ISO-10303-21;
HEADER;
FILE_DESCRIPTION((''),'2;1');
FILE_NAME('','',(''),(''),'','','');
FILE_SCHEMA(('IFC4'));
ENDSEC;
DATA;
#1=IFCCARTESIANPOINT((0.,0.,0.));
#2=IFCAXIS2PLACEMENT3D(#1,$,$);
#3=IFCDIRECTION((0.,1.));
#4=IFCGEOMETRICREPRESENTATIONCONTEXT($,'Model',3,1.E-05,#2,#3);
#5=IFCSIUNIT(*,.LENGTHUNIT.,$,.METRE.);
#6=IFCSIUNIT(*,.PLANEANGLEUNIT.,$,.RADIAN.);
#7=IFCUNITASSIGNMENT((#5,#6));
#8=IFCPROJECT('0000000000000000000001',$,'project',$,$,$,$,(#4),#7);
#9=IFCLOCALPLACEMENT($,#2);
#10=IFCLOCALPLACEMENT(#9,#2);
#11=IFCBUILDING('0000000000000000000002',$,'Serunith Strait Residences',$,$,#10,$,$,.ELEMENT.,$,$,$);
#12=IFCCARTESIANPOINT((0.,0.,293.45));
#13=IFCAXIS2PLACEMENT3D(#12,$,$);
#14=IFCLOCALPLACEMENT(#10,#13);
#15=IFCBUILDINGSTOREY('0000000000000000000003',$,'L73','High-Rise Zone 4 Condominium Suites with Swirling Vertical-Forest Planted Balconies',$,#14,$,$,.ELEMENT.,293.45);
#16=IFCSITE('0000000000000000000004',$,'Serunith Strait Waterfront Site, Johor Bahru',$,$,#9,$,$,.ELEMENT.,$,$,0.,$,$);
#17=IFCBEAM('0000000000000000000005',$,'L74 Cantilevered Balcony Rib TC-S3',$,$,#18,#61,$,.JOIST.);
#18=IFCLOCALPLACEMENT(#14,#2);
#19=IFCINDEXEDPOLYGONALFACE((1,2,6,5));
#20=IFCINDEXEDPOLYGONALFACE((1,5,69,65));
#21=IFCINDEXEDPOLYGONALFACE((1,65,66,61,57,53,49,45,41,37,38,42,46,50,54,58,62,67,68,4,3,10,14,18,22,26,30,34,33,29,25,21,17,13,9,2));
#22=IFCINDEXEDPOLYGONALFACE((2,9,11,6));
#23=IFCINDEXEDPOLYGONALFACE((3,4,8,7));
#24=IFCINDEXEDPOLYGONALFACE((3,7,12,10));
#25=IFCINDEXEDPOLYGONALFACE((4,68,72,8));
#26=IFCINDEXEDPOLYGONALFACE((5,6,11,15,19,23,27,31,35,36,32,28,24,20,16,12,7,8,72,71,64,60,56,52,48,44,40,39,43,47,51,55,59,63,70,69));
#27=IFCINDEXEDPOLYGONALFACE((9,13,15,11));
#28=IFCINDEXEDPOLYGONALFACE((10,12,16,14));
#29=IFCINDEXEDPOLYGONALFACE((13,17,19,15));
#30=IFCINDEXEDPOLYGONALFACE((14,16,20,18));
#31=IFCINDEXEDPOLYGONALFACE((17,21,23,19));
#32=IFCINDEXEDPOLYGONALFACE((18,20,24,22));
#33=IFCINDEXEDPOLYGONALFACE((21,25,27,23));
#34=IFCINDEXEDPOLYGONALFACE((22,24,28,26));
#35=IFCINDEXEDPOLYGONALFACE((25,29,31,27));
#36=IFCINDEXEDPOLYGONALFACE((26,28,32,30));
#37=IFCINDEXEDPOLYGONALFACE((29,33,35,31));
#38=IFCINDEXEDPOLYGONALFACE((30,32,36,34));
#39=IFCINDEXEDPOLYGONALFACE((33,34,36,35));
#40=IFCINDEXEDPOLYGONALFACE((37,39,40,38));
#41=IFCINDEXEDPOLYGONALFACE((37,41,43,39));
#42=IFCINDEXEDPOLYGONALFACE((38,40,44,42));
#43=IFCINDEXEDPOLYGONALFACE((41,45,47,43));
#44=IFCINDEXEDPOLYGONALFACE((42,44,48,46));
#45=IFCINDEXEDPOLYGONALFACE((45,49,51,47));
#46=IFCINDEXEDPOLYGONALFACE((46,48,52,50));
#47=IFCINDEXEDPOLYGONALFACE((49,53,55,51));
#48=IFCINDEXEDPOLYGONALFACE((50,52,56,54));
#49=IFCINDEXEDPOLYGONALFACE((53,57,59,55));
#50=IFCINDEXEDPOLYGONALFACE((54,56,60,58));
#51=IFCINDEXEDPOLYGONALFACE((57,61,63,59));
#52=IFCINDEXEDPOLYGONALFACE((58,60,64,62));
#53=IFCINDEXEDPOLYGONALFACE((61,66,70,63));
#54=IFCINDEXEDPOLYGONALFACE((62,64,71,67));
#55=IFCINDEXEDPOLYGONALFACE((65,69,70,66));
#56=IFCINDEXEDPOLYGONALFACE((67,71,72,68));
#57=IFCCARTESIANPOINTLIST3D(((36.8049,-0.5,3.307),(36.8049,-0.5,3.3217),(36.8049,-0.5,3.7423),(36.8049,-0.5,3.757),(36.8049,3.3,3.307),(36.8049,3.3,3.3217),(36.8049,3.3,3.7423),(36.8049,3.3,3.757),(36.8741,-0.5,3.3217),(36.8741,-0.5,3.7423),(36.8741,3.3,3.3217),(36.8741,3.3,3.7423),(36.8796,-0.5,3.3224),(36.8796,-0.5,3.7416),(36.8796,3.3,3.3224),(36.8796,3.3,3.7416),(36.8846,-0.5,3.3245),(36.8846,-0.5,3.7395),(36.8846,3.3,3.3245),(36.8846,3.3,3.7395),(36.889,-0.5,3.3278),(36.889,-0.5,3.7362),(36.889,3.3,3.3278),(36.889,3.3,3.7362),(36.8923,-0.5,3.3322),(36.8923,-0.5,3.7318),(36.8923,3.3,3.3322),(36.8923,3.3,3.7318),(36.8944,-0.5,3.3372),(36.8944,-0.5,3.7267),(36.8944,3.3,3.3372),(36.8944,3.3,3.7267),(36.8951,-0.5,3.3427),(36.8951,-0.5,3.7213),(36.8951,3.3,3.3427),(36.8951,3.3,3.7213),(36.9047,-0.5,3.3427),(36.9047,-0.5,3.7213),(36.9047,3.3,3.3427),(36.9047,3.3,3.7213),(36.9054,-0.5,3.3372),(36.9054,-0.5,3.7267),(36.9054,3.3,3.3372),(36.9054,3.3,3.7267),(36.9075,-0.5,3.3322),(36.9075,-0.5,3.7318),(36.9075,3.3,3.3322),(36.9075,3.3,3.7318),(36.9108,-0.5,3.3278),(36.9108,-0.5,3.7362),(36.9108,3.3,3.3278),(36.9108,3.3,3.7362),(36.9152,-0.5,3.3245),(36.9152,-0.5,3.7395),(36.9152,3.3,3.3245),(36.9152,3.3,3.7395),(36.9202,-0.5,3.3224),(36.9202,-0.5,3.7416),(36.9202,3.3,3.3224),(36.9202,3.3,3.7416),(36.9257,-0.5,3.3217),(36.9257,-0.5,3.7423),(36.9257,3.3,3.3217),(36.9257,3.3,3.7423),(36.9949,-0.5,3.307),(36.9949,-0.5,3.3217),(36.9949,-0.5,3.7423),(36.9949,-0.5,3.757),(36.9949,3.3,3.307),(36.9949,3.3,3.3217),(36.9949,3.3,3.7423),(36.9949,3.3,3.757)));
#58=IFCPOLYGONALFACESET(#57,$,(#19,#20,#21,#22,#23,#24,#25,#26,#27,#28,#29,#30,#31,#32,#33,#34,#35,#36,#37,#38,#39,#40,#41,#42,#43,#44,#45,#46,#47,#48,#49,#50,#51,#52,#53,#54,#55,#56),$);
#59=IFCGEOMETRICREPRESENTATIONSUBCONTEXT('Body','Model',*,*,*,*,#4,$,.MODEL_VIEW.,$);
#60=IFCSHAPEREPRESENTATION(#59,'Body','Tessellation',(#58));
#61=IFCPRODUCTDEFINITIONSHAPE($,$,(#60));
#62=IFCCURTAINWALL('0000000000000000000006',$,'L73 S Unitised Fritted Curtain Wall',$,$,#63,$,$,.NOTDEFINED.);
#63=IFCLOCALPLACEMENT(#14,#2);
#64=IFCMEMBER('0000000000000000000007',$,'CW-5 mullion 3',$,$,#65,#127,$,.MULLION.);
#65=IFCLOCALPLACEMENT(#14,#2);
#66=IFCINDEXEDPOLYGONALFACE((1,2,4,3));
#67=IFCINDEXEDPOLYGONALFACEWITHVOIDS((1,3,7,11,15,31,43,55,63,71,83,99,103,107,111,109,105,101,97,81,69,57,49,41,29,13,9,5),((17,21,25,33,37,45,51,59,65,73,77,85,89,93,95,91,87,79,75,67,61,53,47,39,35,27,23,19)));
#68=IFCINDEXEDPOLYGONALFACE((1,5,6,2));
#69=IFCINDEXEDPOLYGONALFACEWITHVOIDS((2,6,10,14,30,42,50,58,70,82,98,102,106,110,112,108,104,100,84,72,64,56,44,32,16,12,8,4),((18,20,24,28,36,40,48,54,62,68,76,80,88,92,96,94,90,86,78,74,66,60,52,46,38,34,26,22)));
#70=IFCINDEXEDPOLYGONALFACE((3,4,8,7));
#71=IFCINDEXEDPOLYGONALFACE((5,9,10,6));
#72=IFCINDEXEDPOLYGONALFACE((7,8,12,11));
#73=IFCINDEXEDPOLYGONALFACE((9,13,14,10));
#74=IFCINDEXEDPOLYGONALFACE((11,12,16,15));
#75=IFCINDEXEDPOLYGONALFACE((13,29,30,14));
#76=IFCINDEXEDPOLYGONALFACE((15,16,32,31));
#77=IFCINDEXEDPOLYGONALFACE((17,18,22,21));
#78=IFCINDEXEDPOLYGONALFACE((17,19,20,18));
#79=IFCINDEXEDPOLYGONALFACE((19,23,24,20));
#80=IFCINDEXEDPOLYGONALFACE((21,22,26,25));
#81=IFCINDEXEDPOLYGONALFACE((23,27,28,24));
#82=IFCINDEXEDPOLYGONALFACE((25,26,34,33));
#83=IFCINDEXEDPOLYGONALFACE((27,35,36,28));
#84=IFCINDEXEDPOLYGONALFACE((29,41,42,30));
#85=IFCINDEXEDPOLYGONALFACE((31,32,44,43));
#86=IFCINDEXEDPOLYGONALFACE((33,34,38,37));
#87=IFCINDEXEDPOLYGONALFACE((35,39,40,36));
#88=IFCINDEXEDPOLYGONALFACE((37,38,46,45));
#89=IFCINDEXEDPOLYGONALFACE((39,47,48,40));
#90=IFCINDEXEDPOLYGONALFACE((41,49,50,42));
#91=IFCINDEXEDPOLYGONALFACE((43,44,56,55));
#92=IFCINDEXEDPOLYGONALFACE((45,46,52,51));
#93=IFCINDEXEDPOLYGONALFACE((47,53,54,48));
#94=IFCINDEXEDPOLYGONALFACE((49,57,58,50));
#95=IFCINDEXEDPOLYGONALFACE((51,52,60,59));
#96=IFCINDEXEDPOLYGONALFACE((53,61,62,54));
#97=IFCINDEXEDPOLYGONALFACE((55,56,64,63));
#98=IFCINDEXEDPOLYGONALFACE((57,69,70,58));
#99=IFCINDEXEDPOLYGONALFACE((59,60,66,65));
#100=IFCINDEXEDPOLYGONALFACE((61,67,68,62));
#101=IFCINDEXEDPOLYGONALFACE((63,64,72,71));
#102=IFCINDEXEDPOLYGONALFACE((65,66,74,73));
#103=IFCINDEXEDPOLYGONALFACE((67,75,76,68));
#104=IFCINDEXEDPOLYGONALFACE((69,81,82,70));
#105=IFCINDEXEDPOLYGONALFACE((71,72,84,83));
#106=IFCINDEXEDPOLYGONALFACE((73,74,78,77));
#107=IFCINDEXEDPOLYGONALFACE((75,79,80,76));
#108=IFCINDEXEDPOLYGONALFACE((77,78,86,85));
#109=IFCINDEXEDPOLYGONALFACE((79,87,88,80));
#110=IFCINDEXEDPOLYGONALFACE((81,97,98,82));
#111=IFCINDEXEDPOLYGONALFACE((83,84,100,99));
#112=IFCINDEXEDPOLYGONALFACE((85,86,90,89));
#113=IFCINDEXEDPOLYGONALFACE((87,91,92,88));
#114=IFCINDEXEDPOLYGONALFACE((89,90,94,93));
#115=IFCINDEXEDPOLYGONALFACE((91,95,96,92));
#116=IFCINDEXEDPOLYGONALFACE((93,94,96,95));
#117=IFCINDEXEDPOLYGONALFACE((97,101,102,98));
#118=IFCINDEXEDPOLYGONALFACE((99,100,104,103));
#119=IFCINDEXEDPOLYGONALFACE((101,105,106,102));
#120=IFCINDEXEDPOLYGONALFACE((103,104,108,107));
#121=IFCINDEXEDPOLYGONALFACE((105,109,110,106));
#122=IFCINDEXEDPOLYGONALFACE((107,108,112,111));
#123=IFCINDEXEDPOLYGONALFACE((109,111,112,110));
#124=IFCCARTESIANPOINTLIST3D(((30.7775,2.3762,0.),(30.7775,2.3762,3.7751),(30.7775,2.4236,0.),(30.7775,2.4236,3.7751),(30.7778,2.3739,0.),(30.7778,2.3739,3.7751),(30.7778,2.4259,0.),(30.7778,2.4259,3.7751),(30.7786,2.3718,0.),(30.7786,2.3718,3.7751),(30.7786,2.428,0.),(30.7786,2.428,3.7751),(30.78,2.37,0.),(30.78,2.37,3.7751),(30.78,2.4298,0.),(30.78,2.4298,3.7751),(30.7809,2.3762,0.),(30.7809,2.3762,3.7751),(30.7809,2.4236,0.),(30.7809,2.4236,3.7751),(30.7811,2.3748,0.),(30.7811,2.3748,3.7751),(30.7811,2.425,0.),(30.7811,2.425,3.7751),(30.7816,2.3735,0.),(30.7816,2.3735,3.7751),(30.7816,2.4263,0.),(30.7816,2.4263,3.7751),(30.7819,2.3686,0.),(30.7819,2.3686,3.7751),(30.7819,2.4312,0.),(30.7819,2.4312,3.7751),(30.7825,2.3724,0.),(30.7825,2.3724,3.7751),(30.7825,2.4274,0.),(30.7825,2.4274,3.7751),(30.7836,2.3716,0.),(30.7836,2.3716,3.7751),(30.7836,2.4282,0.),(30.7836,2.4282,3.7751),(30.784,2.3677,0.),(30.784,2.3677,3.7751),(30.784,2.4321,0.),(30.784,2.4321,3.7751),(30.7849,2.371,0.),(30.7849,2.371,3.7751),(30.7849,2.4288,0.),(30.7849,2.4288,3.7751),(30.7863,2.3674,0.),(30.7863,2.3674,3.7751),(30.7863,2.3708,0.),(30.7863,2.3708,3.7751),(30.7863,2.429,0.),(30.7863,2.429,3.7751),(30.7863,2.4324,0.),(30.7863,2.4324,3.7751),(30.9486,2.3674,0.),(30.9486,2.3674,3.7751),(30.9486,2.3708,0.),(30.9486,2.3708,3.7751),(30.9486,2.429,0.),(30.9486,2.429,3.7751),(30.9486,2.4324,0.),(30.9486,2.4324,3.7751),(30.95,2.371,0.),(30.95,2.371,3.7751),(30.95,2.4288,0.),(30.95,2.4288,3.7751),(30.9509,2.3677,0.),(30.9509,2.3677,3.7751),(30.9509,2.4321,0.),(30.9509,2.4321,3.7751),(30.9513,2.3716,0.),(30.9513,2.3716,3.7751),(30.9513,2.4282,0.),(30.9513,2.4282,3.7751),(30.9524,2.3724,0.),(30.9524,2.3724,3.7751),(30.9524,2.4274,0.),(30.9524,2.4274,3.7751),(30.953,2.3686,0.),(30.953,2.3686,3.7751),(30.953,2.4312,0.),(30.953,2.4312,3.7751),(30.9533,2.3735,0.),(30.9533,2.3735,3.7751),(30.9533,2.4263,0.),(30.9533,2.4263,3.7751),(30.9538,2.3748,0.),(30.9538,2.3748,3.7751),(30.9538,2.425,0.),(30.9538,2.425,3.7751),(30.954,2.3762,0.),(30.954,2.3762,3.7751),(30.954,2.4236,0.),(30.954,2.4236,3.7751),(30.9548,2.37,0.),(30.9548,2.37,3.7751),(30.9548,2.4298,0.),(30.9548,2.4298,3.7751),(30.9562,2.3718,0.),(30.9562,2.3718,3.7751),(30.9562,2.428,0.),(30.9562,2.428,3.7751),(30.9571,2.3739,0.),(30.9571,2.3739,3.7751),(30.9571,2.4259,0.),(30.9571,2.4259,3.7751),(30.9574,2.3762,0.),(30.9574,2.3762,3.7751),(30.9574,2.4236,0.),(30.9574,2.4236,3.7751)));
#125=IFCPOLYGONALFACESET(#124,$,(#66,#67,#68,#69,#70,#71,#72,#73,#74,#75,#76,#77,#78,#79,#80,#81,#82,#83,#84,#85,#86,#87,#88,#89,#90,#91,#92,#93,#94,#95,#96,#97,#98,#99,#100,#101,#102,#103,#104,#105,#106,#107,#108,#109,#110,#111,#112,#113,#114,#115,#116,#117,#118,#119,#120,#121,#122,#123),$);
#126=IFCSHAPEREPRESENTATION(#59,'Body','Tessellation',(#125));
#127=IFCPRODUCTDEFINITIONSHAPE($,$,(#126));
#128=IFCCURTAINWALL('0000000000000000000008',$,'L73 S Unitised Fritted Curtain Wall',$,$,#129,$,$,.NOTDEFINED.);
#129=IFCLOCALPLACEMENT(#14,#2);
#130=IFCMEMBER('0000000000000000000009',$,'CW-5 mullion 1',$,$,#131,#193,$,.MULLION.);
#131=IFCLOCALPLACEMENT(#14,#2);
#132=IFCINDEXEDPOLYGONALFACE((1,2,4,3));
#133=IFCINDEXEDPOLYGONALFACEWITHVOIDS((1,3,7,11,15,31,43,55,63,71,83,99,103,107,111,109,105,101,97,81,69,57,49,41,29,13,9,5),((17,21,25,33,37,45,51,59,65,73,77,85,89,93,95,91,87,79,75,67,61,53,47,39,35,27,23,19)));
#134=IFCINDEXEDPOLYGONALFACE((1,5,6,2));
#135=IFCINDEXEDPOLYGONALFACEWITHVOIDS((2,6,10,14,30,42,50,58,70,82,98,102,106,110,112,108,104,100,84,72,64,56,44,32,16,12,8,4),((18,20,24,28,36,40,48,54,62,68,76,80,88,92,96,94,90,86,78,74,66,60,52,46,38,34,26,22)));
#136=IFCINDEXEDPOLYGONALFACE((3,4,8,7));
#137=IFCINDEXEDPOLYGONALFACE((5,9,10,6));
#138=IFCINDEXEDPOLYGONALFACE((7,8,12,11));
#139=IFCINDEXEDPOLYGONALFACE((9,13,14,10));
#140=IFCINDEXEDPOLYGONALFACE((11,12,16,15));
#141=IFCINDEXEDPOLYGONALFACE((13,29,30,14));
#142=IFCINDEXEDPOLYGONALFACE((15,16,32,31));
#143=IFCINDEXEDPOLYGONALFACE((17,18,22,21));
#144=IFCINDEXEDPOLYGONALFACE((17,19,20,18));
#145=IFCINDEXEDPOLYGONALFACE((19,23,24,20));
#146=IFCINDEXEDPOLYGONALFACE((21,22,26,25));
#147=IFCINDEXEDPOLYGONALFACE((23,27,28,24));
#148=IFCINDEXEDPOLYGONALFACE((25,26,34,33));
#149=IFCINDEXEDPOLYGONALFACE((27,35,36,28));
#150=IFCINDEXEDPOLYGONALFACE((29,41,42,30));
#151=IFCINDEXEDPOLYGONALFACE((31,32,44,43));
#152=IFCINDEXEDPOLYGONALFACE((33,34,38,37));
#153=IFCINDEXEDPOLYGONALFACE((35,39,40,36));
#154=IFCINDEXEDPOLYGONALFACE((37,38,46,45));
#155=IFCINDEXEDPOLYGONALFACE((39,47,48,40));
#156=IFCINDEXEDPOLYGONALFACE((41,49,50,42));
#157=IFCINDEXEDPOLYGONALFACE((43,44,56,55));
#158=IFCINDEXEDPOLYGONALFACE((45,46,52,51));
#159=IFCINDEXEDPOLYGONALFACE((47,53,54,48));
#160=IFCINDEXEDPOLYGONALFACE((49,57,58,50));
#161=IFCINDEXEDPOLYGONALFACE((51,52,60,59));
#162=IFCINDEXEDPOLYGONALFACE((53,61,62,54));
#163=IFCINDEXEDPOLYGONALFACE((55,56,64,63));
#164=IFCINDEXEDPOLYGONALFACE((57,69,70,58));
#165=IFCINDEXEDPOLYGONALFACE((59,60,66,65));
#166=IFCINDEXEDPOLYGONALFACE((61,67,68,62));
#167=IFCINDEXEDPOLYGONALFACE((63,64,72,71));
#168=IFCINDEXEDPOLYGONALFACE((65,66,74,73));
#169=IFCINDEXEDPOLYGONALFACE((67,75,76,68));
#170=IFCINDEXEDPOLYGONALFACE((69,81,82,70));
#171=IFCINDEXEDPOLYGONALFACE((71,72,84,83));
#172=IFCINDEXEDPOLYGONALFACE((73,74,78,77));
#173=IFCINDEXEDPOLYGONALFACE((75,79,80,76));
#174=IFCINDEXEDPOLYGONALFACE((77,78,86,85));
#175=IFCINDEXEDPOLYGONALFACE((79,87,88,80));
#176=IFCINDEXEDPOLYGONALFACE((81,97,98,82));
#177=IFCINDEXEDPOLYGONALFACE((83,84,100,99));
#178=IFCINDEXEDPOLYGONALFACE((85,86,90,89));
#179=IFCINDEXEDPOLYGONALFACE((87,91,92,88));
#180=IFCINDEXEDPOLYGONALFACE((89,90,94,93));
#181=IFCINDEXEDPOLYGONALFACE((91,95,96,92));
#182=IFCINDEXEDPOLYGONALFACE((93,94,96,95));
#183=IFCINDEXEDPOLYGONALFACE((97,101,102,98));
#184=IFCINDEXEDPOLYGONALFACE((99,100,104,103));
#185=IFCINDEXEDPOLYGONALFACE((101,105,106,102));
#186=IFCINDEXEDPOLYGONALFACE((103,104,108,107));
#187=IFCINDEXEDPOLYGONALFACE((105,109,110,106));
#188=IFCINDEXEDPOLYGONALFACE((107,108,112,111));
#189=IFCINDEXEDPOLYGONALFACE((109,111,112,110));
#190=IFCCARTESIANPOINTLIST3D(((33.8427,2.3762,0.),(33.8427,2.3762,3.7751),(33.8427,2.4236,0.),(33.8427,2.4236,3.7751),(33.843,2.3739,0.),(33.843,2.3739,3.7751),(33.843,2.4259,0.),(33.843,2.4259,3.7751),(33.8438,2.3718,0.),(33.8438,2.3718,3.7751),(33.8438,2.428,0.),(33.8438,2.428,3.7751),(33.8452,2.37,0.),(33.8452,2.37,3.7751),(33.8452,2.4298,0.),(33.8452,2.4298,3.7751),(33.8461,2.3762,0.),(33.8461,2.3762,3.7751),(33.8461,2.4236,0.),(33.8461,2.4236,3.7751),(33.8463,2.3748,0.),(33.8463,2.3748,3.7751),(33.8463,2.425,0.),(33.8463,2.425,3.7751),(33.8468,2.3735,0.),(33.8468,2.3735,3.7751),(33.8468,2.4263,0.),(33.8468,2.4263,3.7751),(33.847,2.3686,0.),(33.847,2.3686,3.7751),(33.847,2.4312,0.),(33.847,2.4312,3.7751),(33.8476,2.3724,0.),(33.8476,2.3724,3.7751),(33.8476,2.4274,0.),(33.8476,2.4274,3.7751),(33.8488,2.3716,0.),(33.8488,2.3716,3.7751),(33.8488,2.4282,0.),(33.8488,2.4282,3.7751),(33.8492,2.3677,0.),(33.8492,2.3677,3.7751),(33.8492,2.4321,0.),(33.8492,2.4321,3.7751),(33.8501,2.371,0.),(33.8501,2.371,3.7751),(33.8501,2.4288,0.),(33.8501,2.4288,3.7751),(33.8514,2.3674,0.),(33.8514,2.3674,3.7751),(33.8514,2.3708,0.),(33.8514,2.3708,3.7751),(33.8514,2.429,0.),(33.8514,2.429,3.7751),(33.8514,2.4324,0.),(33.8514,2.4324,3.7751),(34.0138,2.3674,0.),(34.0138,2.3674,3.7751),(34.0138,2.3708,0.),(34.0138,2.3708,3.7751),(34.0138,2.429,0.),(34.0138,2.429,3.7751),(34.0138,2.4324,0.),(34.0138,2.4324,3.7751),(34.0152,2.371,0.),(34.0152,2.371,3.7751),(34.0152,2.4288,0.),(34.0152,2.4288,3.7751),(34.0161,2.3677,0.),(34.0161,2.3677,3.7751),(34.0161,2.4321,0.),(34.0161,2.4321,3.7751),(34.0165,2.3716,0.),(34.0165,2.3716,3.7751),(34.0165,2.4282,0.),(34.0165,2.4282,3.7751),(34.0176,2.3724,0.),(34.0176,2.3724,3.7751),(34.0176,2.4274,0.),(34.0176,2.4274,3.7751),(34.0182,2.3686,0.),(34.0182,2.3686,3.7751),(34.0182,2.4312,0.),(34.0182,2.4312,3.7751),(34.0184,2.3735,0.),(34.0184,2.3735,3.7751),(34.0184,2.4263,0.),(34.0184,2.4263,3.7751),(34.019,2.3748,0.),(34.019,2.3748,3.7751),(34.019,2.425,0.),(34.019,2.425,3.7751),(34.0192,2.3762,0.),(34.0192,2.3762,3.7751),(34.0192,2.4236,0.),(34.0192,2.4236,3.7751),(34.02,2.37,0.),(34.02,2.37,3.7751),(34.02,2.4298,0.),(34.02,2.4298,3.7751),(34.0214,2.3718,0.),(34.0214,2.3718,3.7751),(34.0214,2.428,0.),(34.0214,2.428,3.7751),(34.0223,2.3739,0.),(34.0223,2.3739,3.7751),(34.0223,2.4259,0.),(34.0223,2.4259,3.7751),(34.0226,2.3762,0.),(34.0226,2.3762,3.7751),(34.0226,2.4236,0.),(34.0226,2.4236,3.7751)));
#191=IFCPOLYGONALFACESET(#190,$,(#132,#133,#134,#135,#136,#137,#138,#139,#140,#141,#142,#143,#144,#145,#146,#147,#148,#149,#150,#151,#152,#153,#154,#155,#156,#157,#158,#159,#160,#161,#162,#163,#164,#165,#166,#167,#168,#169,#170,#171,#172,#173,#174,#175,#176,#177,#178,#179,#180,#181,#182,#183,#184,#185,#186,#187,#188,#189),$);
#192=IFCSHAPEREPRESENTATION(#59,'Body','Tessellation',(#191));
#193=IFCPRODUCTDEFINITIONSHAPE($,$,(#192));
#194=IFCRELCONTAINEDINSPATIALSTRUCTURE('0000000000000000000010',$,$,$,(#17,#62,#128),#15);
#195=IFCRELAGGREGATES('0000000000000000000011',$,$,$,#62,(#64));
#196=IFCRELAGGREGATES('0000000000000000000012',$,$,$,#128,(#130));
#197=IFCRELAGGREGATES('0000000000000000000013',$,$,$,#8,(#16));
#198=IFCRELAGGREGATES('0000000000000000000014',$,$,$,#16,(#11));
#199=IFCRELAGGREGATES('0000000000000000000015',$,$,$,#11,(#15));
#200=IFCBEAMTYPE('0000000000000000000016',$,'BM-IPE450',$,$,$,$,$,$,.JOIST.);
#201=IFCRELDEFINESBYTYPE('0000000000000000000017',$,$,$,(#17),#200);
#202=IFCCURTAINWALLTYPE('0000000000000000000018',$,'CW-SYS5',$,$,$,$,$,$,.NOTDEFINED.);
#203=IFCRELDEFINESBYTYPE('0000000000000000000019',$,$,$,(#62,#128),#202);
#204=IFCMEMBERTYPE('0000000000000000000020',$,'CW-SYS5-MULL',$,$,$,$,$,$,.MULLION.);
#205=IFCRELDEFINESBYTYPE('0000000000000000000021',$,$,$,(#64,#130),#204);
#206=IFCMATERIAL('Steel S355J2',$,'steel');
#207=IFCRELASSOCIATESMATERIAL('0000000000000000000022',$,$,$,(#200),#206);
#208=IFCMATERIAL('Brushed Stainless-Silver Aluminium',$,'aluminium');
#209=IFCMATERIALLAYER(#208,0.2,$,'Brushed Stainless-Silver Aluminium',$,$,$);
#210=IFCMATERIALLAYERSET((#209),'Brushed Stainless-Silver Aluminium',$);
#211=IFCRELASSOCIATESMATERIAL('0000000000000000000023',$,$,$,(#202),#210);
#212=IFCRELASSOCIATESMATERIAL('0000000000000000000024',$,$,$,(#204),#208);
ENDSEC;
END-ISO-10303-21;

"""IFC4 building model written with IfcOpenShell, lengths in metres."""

from ifc_helpers import new_model, si_unit, direction, frame, origin, origin_2d, place, context, subcontext, project, spatial, hollow_rectangle, i_section, extrude, source, transform, mapped, material, layer, layer_set, material_profile, profile_set, type_object, element, aggregate, save


model = new_model("IFC4")

# Units and contexts
model_context = context("Model", 3, precision=1e-05, world=origin(), true_north=direction((0.0, 1.0)))
body_context = subcontext(model_context, "Body", "Model", "MODEL_VIEW")
ifc_project = project(units=[si_unit("LENGTHUNIT", "METRE"), si_unit("PLANEANGLEUNIT", "RADIAN")], contexts=[model_context])

# Site, building, storey
site_placement = place(None, origin())
site = spatial("IfcSite", under=ifc_project, at=site_placement, Name="Serunith Strait Waterfront Site, Johor Bahru", CompositionType="ELEMENT", RefElevation=0.0)
building_placement = place(site_placement, origin())
building = spatial("IfcBuilding", under=site, at=building_placement, Name="Serunith Strait Residences", CompositionType="ELEMENT")
storey_placement = place(building_placement, frame((0.0, 0.0, 293.45)))
storey = spatial("IfcBuildingStorey", under=building, at=storey_placement, Name="L73", Description="High-Rise Zone 4 Condominium Suites with Swirling Vertical-Forest Planted Balconies", CompositionType="ELEMENT", Elevation=293.45)

# Beam
ifc_material_1 = material(Name="Steel S355J2", Category="steel")
ifc_material_profile_1 = material_profile(ifc_material_1, i_section(OverallWidth=0.1899, OverallDepth=0.45, WebThickness=0.0095, FlangeThickness=0.0146, FilletRadius=0.021, at=origin_2d()), Name="IPE 450")
ifc_profile_set_1 = profile_set([ifc_material_profile_1], Name="Steel S355J2")
beam_type_1 = type_object("IfcBeamType", Name="BM-IPE450", PredefinedType="JOIST", material=ifc_profile_set_1)
shared_shape_1 = source(origin(), body_context, "Body", "SweptSolid", [
    extrude(i_section(OverallWidth=0.1899, OverallDepth=0.45, WebThickness=0.0095, FlangeThickness=0.0146, FilletRadius=0.021, at=origin_2d()), origin(), (0.0, 0.0, 1.0), 3.8),
])
beam_1_placement = place(storey_placement, frame((36.8999, 3.3, 3.532), z_axis=(0.0, -1.0, 0.0), x_axis=(1.0, 0.0, 0.0)))
element("IfcBeam", 1, at=beam_1_placement, inside=storey, type_object=beam_type_1, Name="L74 Cantilevered Balcony Rib TC-S3", PredefinedType="JOIST", context=body_context, shape_type="MappedRepresentation", body=[
    mapped(shared_shape_1, transform((0.0, 0.0, 0.0), scale=1.0)),
])

# Curtain wall, member
ifc_material_2 = material(Name="Brushed Stainless-Silver Aluminium", Category="aluminium")
ifc_layer_1 = layer(ifc_material_2, 0.2, Name="Brushed Stainless-Silver Aluminium")
ifc_layer_set_1 = layer_set([ifc_layer_1], Name="Brushed Stainless-Silver Aluminium")
curtain_wall_type = type_object("IfcCurtainWallType", Name="CW-SYS5", PredefinedType="NOTDEFINED", material=ifc_layer_set_1)
curtain_wall_1_placement = place(storey_placement, origin())
curtain_wall_1 = element("IfcCurtainWall", 2, at=curtain_wall_1_placement, inside=storey, type_object=curtain_wall_type, Name="L73 S Unitised Fritted Curtain Wall", PredefinedType="NOTDEFINED")
ifc_material_profile_2 = material_profile(ifc_material_2, hollow_rectangle(XDim=0.0649, YDim=0.1799, WallThickness=0.0034, InnerFilletRadius=0.0054, OuterFilletRadius=0.0088, at=origin_2d()), Name="ALU 180x65x3.5")
ifc_profile_set_2 = profile_set([ifc_material_profile_2], Name="Brushed Stainless-Silver Aluminium")
member_type_1 = type_object("IfcMemberType", Name="CW-SYS5-MULL", PredefinedType="MULLION", material=ifc_profile_set_2)
shared_shape_2 = source(origin(), body_context, "Body", "SweptSolid", [
    extrude(hollow_rectangle(XDim=0.0649, YDim=0.1799, WallThickness=0.0034, InnerFilletRadius=0.0054, OuterFilletRadius=0.0088, at=origin_2d()), origin(), (0.0, 0.0, 1.0), 3.7751),
])
member_1_placement = place(storey_placement, frame((30.8674, 2.3999, 0.0), z_axis=(0.0, 0.0, 1.0), x_axis=(0.0, 1.0, 0.0)))
member_1 = element("IfcMember", 3, at=member_1_placement, type_object=member_type_1, Name="CW-5 mullion 3", PredefinedType="MULLION", context=body_context, shape_type="MappedRepresentation", body=[
    mapped(shared_shape_2, transform((0.0, 0.0, 0.0), scale=1.0)),
])
aggregate(curtain_wall_1, [member_1])

# Curtain wall, member
curtain_wall_2_placement = place(storey_placement, origin())
curtain_wall_2 = element("IfcCurtainWall", 4, at=curtain_wall_2_placement, inside=storey, type_object=curtain_wall_type, Name="L73 S Unitised Fritted Curtain Wall", PredefinedType="NOTDEFINED")
member_2_placement = place(storey_placement, frame((33.9326, 2.3999, 0.0), z_axis=(0.0, 0.0, 1.0), x_axis=(0.0, 1.0, 0.0)))
member_2 = element("IfcMember", 5, at=member_2_placement, type_object=member_type_1, Name="CW-5 mullion 1", PredefinedType="MULLION", context=body_context, shape_type="MappedRepresentation", body=[
    mapped(shared_shape_2, transform((0.0, 0.0, 0.0), scale=1.0)),
])
aggregate(curtain_wall_2, [member_2])

save(model, "model.ifc")
